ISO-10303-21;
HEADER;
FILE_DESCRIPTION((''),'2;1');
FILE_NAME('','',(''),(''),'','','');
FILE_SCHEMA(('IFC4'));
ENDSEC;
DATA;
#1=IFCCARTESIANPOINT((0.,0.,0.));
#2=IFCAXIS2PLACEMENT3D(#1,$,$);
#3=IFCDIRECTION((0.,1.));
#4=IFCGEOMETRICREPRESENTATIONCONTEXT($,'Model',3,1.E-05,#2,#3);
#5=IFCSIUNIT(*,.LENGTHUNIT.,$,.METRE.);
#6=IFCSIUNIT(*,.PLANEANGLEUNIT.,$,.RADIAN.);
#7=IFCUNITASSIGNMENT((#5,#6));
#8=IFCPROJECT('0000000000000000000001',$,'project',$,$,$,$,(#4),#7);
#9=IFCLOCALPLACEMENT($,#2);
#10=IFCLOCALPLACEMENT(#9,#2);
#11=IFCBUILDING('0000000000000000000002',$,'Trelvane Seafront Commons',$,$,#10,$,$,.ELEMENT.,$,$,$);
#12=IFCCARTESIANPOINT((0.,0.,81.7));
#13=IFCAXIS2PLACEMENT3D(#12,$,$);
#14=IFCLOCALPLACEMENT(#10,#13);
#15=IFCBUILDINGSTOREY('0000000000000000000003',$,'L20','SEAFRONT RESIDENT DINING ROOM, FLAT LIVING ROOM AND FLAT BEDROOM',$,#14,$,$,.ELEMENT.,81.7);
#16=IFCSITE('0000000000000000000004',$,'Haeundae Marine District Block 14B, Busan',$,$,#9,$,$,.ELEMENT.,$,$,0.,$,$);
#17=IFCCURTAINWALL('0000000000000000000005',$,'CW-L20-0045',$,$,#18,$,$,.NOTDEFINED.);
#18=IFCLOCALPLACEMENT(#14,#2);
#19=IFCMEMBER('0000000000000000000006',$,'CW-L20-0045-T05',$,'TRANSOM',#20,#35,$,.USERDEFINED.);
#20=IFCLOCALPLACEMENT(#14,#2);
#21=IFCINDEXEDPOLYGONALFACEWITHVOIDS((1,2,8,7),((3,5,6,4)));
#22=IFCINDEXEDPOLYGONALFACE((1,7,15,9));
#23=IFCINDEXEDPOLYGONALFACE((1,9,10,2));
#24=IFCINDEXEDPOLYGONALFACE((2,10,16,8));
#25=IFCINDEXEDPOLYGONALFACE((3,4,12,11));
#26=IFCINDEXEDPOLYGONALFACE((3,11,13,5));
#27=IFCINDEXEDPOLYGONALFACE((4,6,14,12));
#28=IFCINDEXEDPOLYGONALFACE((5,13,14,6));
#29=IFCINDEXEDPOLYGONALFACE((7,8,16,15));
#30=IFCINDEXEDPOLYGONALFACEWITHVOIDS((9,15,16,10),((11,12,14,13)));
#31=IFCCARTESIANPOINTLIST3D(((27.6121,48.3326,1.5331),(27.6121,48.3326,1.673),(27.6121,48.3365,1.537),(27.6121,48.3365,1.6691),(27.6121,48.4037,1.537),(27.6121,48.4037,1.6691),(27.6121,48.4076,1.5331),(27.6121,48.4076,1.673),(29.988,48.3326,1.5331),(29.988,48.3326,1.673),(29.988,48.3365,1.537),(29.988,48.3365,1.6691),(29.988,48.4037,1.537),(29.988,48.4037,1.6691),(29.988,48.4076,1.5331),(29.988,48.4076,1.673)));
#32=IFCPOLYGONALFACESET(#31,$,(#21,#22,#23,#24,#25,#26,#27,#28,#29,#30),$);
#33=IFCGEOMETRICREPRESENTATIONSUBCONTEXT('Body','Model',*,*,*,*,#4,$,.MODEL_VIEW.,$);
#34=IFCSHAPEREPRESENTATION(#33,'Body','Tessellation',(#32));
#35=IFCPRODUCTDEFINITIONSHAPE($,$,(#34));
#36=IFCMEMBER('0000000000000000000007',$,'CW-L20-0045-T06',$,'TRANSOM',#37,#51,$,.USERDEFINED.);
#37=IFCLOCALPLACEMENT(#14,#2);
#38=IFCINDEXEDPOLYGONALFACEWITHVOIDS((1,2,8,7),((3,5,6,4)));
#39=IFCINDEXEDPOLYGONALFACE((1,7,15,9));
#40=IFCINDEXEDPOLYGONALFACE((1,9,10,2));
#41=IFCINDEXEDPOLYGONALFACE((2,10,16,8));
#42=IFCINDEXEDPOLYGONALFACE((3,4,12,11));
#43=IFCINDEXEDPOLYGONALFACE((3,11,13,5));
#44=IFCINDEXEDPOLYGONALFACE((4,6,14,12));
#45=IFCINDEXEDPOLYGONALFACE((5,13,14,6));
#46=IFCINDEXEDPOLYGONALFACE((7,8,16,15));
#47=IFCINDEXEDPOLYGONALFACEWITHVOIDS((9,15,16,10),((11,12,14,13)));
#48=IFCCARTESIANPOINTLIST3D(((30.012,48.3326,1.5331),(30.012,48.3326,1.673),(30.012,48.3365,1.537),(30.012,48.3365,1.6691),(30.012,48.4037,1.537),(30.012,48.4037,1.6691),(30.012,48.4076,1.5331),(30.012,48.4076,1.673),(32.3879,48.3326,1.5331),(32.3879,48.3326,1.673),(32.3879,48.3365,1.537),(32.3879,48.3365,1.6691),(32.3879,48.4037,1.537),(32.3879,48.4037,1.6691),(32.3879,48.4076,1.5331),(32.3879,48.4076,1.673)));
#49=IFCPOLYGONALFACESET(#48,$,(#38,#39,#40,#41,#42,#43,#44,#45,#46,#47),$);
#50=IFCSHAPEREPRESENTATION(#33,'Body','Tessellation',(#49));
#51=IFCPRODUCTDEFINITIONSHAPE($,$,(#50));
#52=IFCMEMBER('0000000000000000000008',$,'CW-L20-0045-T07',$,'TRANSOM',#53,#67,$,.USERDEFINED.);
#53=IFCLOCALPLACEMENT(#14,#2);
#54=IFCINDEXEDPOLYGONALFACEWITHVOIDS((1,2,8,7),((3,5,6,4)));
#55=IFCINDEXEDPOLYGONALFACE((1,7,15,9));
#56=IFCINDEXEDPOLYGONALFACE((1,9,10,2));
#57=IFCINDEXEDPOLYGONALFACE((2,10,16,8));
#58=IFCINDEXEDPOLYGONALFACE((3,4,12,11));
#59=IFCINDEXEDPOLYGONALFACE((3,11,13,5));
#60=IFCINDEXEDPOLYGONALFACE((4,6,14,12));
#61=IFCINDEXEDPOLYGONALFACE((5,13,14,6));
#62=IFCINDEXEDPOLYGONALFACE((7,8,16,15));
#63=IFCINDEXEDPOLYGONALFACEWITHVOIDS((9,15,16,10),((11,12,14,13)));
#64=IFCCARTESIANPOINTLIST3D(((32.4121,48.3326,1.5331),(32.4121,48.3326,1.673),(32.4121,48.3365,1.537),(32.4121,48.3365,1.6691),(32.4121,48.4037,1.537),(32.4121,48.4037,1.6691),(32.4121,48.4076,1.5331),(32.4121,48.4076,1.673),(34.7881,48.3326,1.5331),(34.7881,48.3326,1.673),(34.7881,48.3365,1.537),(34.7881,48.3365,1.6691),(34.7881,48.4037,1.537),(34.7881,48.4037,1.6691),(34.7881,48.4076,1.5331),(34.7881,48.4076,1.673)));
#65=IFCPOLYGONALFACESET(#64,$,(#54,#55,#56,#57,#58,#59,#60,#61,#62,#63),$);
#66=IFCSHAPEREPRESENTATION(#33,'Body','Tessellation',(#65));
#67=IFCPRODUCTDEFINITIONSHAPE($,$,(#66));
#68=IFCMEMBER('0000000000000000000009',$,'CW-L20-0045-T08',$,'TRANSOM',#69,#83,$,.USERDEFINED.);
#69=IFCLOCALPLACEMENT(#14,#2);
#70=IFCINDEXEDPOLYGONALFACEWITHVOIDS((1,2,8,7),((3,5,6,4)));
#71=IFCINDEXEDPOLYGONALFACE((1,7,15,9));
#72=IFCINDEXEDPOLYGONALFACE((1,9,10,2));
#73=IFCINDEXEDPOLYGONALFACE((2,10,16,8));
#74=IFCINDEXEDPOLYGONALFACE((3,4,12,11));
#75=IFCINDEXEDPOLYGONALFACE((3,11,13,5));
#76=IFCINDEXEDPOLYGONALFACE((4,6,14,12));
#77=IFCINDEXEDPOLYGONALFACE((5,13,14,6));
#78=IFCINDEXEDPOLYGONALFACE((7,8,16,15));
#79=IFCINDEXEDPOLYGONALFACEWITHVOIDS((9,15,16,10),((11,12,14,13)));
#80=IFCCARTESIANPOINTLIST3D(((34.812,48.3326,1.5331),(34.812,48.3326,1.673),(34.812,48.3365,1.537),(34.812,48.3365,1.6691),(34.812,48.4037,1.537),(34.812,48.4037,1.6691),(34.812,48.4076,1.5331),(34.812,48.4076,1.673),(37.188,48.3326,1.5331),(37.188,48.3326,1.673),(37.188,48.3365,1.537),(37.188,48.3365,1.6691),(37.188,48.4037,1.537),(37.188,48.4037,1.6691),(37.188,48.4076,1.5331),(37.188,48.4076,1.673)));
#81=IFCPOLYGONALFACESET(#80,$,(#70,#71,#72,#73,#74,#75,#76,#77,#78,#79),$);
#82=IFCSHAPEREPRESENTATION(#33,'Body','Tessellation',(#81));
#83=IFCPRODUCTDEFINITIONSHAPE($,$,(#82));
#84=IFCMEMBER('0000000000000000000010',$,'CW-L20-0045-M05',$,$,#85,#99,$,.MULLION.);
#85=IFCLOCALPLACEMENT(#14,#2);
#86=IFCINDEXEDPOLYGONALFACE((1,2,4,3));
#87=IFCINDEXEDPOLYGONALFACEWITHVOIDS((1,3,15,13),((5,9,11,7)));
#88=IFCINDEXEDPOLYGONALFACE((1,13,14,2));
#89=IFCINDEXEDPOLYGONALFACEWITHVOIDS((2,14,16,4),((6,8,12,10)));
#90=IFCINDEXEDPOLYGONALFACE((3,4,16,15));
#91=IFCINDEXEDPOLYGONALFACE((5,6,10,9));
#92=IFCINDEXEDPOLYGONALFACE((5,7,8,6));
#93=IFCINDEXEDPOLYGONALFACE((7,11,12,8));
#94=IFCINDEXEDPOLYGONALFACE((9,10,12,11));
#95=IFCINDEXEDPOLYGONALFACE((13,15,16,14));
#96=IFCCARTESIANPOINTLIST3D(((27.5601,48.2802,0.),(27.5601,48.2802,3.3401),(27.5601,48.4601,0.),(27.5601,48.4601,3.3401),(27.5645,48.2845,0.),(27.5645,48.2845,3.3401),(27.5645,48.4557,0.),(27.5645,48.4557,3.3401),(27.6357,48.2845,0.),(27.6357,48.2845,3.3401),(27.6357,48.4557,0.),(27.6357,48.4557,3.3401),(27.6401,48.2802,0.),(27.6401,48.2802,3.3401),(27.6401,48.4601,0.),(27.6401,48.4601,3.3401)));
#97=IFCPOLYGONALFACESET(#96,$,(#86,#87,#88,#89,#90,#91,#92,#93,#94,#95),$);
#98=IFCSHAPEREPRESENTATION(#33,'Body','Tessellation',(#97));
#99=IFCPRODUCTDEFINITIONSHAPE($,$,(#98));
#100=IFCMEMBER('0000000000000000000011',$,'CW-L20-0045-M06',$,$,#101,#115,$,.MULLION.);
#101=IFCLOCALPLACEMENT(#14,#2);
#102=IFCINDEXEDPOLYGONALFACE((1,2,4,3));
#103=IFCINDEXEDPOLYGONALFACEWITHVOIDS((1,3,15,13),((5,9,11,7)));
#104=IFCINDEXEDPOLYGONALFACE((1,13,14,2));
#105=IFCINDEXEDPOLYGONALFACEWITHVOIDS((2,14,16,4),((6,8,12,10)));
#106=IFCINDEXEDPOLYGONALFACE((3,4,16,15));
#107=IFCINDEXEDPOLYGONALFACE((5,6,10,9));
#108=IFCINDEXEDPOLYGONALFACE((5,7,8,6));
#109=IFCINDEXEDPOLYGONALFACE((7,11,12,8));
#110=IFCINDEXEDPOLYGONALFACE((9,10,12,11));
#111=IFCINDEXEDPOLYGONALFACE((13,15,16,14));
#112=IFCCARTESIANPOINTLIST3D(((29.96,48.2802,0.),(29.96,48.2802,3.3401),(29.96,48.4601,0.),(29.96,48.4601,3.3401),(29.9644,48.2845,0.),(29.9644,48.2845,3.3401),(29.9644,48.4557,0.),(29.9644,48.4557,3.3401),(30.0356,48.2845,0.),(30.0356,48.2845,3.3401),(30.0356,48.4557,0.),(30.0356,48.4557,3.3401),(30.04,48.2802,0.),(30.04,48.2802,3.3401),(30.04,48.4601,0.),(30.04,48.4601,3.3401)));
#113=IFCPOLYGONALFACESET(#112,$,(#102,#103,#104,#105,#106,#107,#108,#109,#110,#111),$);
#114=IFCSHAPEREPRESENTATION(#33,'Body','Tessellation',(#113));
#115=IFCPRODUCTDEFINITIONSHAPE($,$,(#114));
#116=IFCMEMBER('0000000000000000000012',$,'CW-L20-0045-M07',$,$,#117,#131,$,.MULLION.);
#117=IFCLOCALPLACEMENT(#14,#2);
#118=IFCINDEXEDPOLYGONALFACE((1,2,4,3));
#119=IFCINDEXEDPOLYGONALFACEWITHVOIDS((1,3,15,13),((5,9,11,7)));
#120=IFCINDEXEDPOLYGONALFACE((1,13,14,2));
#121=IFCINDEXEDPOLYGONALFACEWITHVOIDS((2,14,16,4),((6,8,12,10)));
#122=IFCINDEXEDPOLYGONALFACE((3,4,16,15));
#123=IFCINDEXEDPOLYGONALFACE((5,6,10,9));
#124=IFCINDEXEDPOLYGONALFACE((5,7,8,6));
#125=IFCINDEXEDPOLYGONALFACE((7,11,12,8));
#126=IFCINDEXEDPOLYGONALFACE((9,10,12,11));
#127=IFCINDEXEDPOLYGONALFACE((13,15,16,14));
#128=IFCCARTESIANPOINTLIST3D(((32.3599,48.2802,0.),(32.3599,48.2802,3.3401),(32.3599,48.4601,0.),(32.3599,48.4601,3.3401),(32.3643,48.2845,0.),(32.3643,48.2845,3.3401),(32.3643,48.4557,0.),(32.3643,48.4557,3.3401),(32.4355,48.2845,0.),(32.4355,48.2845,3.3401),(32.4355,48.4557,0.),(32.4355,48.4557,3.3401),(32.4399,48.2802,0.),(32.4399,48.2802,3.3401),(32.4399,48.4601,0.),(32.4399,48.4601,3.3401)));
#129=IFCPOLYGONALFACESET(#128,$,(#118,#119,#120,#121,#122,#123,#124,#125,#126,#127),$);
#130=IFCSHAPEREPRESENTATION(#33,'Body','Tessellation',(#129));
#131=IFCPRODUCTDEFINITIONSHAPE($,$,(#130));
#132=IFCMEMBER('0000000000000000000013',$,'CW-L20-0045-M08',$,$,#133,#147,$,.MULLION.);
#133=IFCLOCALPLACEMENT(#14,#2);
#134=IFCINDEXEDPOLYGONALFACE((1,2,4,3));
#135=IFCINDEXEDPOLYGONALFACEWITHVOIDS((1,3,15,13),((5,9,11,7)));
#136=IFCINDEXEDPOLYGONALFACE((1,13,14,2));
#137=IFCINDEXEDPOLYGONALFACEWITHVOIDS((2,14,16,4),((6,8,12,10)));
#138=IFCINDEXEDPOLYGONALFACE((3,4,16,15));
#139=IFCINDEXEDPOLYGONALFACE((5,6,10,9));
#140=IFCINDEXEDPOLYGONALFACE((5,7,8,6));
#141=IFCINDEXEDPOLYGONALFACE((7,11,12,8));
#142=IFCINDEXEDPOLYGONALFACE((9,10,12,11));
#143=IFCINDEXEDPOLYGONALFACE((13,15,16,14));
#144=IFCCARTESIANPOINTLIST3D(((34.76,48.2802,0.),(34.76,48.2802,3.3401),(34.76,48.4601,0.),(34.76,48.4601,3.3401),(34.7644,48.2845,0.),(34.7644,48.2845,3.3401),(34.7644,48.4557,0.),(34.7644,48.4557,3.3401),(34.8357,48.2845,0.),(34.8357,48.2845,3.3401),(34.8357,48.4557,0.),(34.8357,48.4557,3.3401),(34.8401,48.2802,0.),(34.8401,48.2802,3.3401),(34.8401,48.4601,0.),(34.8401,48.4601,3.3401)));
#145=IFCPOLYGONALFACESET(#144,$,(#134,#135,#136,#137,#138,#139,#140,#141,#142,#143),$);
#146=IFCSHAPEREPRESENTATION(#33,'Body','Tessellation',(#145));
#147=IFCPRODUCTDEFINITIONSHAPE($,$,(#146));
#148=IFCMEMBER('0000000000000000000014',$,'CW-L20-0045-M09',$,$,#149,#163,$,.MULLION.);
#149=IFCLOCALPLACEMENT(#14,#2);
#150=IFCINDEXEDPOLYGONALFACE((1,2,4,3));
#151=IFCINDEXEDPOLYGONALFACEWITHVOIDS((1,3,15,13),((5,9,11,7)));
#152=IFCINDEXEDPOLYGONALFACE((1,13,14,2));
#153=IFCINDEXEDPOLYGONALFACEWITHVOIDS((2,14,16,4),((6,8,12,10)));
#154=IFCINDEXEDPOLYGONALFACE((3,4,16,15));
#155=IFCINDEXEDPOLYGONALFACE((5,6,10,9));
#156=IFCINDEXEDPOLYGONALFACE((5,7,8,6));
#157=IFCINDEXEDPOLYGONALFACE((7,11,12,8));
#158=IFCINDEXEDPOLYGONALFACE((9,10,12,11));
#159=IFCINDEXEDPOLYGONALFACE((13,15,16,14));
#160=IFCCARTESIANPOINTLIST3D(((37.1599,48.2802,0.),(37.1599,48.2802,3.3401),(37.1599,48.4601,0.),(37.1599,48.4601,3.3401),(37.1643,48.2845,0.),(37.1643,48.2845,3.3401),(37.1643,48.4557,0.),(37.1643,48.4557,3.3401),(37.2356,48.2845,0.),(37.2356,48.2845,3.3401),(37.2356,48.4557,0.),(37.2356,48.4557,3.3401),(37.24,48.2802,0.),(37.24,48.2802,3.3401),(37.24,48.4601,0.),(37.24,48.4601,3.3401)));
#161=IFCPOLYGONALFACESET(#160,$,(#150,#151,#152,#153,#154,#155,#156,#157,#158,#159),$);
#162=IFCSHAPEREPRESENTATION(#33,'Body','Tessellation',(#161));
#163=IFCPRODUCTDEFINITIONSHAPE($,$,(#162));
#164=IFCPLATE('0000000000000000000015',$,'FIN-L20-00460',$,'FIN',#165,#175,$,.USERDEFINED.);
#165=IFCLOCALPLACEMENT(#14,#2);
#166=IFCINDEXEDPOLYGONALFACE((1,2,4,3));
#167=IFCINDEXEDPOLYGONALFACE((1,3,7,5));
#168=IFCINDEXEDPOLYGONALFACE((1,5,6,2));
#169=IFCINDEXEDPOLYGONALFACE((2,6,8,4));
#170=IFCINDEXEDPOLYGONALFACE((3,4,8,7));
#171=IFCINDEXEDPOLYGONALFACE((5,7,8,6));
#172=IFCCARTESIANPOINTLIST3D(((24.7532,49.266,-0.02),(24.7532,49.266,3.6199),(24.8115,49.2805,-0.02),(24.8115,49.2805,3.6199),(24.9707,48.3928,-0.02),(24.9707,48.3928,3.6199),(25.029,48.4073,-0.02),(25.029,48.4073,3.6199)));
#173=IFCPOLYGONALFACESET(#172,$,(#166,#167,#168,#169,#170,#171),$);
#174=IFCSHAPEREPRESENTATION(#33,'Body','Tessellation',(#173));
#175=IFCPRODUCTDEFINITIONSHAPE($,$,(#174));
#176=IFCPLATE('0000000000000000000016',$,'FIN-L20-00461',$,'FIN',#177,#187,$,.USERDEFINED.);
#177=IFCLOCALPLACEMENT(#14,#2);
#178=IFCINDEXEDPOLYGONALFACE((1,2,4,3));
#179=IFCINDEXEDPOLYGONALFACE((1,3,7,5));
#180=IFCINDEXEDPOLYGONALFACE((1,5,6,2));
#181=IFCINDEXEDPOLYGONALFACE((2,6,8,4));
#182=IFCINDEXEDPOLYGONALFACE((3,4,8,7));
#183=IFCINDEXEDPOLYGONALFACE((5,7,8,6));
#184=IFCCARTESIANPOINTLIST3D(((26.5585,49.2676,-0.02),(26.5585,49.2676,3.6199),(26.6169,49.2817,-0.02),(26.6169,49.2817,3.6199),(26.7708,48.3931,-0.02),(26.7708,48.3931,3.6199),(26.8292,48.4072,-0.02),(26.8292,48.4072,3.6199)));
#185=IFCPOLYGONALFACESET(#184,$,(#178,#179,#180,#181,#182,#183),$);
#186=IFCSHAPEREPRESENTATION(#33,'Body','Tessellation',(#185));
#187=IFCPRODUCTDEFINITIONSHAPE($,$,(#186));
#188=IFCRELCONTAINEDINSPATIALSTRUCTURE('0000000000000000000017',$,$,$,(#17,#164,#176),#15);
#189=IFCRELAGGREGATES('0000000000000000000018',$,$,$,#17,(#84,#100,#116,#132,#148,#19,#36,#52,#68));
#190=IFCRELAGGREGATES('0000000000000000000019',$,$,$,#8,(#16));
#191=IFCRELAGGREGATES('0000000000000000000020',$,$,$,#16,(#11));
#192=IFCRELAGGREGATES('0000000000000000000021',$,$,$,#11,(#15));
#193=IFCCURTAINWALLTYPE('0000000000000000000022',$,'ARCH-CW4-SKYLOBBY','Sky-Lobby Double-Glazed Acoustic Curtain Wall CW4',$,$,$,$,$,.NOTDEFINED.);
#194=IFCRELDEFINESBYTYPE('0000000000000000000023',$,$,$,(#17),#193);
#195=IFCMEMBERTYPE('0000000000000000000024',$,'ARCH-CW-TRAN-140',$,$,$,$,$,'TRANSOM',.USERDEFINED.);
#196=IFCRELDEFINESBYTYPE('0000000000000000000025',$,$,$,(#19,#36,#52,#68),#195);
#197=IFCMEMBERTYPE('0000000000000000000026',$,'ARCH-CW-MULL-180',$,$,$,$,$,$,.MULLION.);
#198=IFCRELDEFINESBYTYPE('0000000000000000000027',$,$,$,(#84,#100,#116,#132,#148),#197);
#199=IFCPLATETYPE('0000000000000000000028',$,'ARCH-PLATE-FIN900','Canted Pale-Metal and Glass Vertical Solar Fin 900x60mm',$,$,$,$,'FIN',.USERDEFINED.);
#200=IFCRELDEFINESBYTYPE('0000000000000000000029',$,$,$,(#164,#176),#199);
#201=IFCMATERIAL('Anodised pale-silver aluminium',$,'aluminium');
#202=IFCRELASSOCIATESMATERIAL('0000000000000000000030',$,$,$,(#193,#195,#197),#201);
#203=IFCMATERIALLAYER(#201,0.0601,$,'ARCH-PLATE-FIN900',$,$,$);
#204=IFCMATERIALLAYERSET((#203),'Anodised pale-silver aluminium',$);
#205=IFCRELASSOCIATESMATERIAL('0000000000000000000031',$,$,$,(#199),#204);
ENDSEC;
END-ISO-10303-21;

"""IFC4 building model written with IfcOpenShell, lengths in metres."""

from ifc_helpers import new_model, si_unit, direction, frame, origin, origin_2d, place, context, subcontext, project, spatial, rectangle, hollow_rectangle, extrude, source, transform, mapped, material, layer, layer_set, material_profile, profile_set, type_object, element, aggregate, save


model = new_model("IFC4")

# Units and contexts
model_context = context("Model", 3, precision=1e-05, world=origin(), true_north=direction((0.0, 1.0)))
body_context = subcontext(model_context, "Body", "Model", "MODEL_VIEW")
ifc_project = project(units=[si_unit("LENGTHUNIT", "METRE"), si_unit("PLANEANGLEUNIT", "RADIAN")], contexts=[model_context])

# Site, building, storey
site_placement = place(None, origin())
site = spatial("IfcSite", under=ifc_project, at=site_placement, Name="Haeundae Marine District Block 14B, Busan", CompositionType="ELEMENT", RefElevation=0.0)
building_placement = place(site_placement, origin())
building = spatial("IfcBuilding", under=site, at=building_placement, Name="Trelvane Seafront Commons", CompositionType="ELEMENT")
storey_placement = place(building_placement, frame((0.0, 0.0, 81.7)))
storey = spatial("IfcBuildingStorey", under=building, at=storey_placement, Name="L20", Description="SEAFRONT RESIDENT DINING ROOM, FLAT LIVING ROOM AND FLAT BEDROOM", CompositionType="ELEMENT", Elevation=81.7)

# Curtain wall, members
ifc_material_1 = material(Name="Anodised pale-silver aluminium", Category="aluminium")
curtain_wall_type = type_object("IfcCurtainWallType", Name="ARCH-CW4-SKYLOBBY", Description="Sky-Lobby Double-Glazed Acoustic Curtain Wall CW4", PredefinedType="NOTDEFINED", material=ifc_material_1)
curtain_wall_placement = place(storey_placement, origin())
curtain_wall = element("IfcCurtainWall", 1, at=curtain_wall_placement, inside=storey, type_object=curtain_wall_type, Name="CW-L20-0045", PredefinedType="NOTDEFINED")
ifc_material_profile_1 = material_profile(ifc_material_1, hollow_rectangle(XDim=0.075, YDim=0.1399, WallThickness=0.0039, at=origin_2d()), Name="TRAN-75x140x4")
ifc_profile_set_1 = profile_set([ifc_material_profile_1], Name="Anodised pale-silver aluminium")
member_type_1 = type_object("IfcMemberType", Name="ARCH-CW-TRAN-140", ElementType="TRANSOM", PredefinedType="USERDEFINED", material=ifc_profile_set_1)
shared_shape_1 = source(origin(), body_context, "Body", "SweptSolid", [
    extrude(hollow_rectangle(XDim=0.075, YDim=0.1399, WallThickness=0.0039, at=origin_2d()), origin(), (0.0, 0.0, 1.0), 2.376),
])
member_1_placement = place(storey_placement, frame((27.6121, 48.3701, 1.603), z_axis=(1.0, 0.0, 0.0), x_axis=(0.0, 1.0, 0.0)))
member_1 = element("IfcMember", 2, at=member_1_placement, type_object=member_type_1, Name="CW-L20-0045-T05", ObjectType="TRANSOM", PredefinedType="USERDEFINED", context=body_context, shape_type="MappedRepresentation", body=[
    mapped(shared_shape_1, transform((0.0, 0.0, 0.0), x_axis=(1.0, 0.0, 0.0), y_axis=(0.0, 1.0, 0.0), z_axis=(0.0, 0.0, 1.0), scale=1.0)),
])
member_2_placement = place(storey_placement, frame((30.012, 48.3701, 1.603), z_axis=(1.0, 0.0, 0.0), x_axis=(0.0, 1.0, 0.0)))
member_2 = element("IfcMember", 3, at=member_2_placement, type_object=member_type_1, Name="CW-L20-0045-T06", ObjectType="TRANSOM", PredefinedType="USERDEFINED", context=body_context, shape_type="MappedRepresentation", body=[
    mapped(shared_shape_1, transform((0.0, 0.0, 0.0), x_axis=(1.0, 0.0, 0.0), y_axis=(0.0, 1.0, 0.0), z_axis=(0.0, 0.0, 1.0), scale=1.0)),
])
member_3_placement = place(storey_placement, frame((32.4121, 48.3701, 1.603), z_axis=(1.0, 0.0, 0.0), x_axis=(0.0, 1.0, 0.0)))
member_3 = element("IfcMember", 4, at=member_3_placement, type_object=member_type_1, Name="CW-L20-0045-T07", ObjectType="TRANSOM", PredefinedType="USERDEFINED", context=body_context, shape_type="MappedRepresentation", body=[
    mapped(shared_shape_1, transform((0.0, 0.0, 0.0), x_axis=(1.0, 0.0, 0.0), y_axis=(0.0, 1.0, 0.0), z_axis=(0.0, 0.0, 1.0), scale=1.0)),
])
member_4_placement = place(storey_placement, frame((34.812, 48.3701, 1.603), z_axis=(1.0, 0.0, 0.0), x_axis=(0.0, 1.0, 0.0)))
member_4 = element("IfcMember", 5, at=member_4_placement, type_object=member_type_1, Name="CW-L20-0045-T08", ObjectType="TRANSOM", PredefinedType="USERDEFINED", context=body_context, shape_type="MappedRepresentation", body=[
    mapped(shared_shape_1, transform((0.0, 0.0, 0.0), x_axis=(1.0, 0.0, 0.0), y_axis=(0.0, 1.0, 0.0), z_axis=(0.0, 0.0, 1.0), scale=1.0)),
])
ifc_material_profile_2 = material_profile(ifc_material_1, hollow_rectangle(XDim=0.0801, YDim=0.1799, WallThickness=0.0044, at=origin_2d()), Name="MULL-80x180x4.5")
ifc_profile_set_2 = profile_set([ifc_material_profile_2], Name="Anodised pale-silver aluminium")
member_type_2 = type_object("IfcMemberType", Name="ARCH-CW-MULL-180", PredefinedType="MULLION", material=ifc_profile_set_2)
shared_shape_2 = source(origin(), body_context, "Body", "SweptSolid", [
    extrude(hollow_rectangle(XDim=0.0801, YDim=0.1799, WallThickness=0.0044, at=origin_2d()), origin(), (0.0, 0.0, 1.0), 3.3401),
])
member_5_placement = place(storey_placement, frame((27.6001, 48.3701, 0.0), z_axis=(0.0, 0.0, 1.0), x_axis=(1.0, 0.0, 0.0)))
member_5 = element("IfcMember", 6, at=member_5_placement, type_object=member_type_2, Name="CW-L20-0045-M05", PredefinedType="MULLION", context=body_context, shape_type="MappedRepresentation", body=[
    mapped(shared_shape_2, transform((0.0, 0.0, 0.0), x_axis=(1.0, 0.0, 0.0), y_axis=(0.0, 1.0, 0.0), z_axis=(0.0, 0.0, 1.0), scale=1.0)),
])
member_6_placement = place(storey_placement, frame((30.0, 48.3701, 0.0), z_axis=(0.0, 0.0, 1.0), x_axis=(1.0, 0.0, 0.0)))
member_6 = element("IfcMember", 7, at=member_6_placement, type_object=member_type_2, Name="CW-L20-0045-M06", PredefinedType="MULLION", context=body_context, shape_type="MappedRepresentation", body=[
    mapped(shared_shape_2, transform((0.0, 0.0, 0.0), x_axis=(1.0, 0.0, 0.0), y_axis=(0.0, 1.0, 0.0), z_axis=(0.0, 0.0, 1.0), scale=1.0)),
])
member_7_placement = place(storey_placement, frame((32.3999, 48.3701, 0.0), z_axis=(0.0, 0.0, 1.0), x_axis=(1.0, 0.0, 0.0)))
member_7 = element("IfcMember", 8, at=member_7_placement, type_object=member_type_2, Name="CW-L20-0045-M07", PredefinedType="MULLION", context=body_context, shape_type="MappedRepresentation", body=[
    mapped(shared_shape_2, transform((0.0, 0.0, 0.0), x_axis=(1.0, 0.0, 0.0), y_axis=(0.0, 1.0, 0.0), z_axis=(0.0, 0.0, 1.0), scale=1.0)),
])
member_8_placement = place(storey_placement, frame((34.8, 48.3701, 0.0), z_axis=(0.0, 0.0, 1.0), x_axis=(1.0, 0.0, 0.0)))
member_8 = element("IfcMember", 9, at=member_8_placement, type_object=member_type_2, Name="CW-L20-0045-M08", PredefinedType="MULLION", context=body_context, shape_type="MappedRepresentation", body=[
    mapped(shared_shape_2, transform((0.0, 0.0, 0.0), x_axis=(1.0, 0.0, 0.0), y_axis=(0.0, 1.0, 0.0), z_axis=(0.0, 0.0, 1.0), scale=1.0)),
])
member_9_placement = place(storey_placement, frame((37.2, 48.3701, 0.0), z_axis=(0.0, 0.0, 1.0), x_axis=(1.0, 0.0, 0.0)))
member_9 = element("IfcMember", 10, at=member_9_placement, type_object=member_type_2, Name="CW-L20-0045-M09", PredefinedType="MULLION", context=body_context, shape_type="MappedRepresentation", body=[
    mapped(shared_shape_2, transform((0.0, 0.0, 0.0), x_axis=(1.0, 0.0, 0.0), y_axis=(0.0, 1.0, 0.0), z_axis=(0.0, 0.0, 1.0), scale=1.0)),
])

# Plates
ifc_layer_1 = layer(ifc_material_1, 0.0601, Name="ARCH-PLATE-FIN900")
ifc_layer_set_1 = layer_set([ifc_layer_1], Name="Anodised pale-silver aluminium")
plate_type_1 = type_object("IfcPlateType", Name="ARCH-PLATE-FIN900", Description="Canted Pale-Metal and Glass Vertical Solar Fin 900x60mm", ElementType="FIN", PredefinedType="USERDEFINED", material=ifc_layer_set_1)
shared_shape_3 = source(origin(), body_context, "Body", "SweptSolid", [
    extrude(rectangle(XDim=0.8999, YDim=0.0601, at=origin_2d()), origin(), (0.0, 0.0, 1.0), 3.6399),
])
for number, where, z_axis, x_axis, name in (
    (11, (24.8911, 48.8367, -0.02), (0.0, 0.0, 1.0), (-0.241673, 0.970358, 0.0), "FIN-L20-00460"),
    (12, (26.6938, 48.8374, -0.02), (0.0, 0.0, 1.0), (-0.23589, 0.97178, 0.0), "FIN-L20-00461"),
):
    element("IfcPlate", number, at=place(storey_placement, frame(where, z_axis=z_axis, x_axis=x_axis)), inside=storey, type_object=plate_type_1, Name=name, ObjectType="FIN", PredefinedType="USERDEFINED", context=body_context, shape_type="MappedRepresentation", body=[
        mapped(shared_shape_3, transform((0.0, 0.0, 0.0), x_axis=(1.0, 0.0, 0.0), y_axis=(0.0, 1.0, 0.0), z_axis=(0.0, 0.0, 1.0), scale=1.0)),
    ])

aggregate(curtain_wall, [member_5, member_6, member_7, member_8, member_9, member_1, member_2, member_3, member_4])

save(model, "model.ifc")
